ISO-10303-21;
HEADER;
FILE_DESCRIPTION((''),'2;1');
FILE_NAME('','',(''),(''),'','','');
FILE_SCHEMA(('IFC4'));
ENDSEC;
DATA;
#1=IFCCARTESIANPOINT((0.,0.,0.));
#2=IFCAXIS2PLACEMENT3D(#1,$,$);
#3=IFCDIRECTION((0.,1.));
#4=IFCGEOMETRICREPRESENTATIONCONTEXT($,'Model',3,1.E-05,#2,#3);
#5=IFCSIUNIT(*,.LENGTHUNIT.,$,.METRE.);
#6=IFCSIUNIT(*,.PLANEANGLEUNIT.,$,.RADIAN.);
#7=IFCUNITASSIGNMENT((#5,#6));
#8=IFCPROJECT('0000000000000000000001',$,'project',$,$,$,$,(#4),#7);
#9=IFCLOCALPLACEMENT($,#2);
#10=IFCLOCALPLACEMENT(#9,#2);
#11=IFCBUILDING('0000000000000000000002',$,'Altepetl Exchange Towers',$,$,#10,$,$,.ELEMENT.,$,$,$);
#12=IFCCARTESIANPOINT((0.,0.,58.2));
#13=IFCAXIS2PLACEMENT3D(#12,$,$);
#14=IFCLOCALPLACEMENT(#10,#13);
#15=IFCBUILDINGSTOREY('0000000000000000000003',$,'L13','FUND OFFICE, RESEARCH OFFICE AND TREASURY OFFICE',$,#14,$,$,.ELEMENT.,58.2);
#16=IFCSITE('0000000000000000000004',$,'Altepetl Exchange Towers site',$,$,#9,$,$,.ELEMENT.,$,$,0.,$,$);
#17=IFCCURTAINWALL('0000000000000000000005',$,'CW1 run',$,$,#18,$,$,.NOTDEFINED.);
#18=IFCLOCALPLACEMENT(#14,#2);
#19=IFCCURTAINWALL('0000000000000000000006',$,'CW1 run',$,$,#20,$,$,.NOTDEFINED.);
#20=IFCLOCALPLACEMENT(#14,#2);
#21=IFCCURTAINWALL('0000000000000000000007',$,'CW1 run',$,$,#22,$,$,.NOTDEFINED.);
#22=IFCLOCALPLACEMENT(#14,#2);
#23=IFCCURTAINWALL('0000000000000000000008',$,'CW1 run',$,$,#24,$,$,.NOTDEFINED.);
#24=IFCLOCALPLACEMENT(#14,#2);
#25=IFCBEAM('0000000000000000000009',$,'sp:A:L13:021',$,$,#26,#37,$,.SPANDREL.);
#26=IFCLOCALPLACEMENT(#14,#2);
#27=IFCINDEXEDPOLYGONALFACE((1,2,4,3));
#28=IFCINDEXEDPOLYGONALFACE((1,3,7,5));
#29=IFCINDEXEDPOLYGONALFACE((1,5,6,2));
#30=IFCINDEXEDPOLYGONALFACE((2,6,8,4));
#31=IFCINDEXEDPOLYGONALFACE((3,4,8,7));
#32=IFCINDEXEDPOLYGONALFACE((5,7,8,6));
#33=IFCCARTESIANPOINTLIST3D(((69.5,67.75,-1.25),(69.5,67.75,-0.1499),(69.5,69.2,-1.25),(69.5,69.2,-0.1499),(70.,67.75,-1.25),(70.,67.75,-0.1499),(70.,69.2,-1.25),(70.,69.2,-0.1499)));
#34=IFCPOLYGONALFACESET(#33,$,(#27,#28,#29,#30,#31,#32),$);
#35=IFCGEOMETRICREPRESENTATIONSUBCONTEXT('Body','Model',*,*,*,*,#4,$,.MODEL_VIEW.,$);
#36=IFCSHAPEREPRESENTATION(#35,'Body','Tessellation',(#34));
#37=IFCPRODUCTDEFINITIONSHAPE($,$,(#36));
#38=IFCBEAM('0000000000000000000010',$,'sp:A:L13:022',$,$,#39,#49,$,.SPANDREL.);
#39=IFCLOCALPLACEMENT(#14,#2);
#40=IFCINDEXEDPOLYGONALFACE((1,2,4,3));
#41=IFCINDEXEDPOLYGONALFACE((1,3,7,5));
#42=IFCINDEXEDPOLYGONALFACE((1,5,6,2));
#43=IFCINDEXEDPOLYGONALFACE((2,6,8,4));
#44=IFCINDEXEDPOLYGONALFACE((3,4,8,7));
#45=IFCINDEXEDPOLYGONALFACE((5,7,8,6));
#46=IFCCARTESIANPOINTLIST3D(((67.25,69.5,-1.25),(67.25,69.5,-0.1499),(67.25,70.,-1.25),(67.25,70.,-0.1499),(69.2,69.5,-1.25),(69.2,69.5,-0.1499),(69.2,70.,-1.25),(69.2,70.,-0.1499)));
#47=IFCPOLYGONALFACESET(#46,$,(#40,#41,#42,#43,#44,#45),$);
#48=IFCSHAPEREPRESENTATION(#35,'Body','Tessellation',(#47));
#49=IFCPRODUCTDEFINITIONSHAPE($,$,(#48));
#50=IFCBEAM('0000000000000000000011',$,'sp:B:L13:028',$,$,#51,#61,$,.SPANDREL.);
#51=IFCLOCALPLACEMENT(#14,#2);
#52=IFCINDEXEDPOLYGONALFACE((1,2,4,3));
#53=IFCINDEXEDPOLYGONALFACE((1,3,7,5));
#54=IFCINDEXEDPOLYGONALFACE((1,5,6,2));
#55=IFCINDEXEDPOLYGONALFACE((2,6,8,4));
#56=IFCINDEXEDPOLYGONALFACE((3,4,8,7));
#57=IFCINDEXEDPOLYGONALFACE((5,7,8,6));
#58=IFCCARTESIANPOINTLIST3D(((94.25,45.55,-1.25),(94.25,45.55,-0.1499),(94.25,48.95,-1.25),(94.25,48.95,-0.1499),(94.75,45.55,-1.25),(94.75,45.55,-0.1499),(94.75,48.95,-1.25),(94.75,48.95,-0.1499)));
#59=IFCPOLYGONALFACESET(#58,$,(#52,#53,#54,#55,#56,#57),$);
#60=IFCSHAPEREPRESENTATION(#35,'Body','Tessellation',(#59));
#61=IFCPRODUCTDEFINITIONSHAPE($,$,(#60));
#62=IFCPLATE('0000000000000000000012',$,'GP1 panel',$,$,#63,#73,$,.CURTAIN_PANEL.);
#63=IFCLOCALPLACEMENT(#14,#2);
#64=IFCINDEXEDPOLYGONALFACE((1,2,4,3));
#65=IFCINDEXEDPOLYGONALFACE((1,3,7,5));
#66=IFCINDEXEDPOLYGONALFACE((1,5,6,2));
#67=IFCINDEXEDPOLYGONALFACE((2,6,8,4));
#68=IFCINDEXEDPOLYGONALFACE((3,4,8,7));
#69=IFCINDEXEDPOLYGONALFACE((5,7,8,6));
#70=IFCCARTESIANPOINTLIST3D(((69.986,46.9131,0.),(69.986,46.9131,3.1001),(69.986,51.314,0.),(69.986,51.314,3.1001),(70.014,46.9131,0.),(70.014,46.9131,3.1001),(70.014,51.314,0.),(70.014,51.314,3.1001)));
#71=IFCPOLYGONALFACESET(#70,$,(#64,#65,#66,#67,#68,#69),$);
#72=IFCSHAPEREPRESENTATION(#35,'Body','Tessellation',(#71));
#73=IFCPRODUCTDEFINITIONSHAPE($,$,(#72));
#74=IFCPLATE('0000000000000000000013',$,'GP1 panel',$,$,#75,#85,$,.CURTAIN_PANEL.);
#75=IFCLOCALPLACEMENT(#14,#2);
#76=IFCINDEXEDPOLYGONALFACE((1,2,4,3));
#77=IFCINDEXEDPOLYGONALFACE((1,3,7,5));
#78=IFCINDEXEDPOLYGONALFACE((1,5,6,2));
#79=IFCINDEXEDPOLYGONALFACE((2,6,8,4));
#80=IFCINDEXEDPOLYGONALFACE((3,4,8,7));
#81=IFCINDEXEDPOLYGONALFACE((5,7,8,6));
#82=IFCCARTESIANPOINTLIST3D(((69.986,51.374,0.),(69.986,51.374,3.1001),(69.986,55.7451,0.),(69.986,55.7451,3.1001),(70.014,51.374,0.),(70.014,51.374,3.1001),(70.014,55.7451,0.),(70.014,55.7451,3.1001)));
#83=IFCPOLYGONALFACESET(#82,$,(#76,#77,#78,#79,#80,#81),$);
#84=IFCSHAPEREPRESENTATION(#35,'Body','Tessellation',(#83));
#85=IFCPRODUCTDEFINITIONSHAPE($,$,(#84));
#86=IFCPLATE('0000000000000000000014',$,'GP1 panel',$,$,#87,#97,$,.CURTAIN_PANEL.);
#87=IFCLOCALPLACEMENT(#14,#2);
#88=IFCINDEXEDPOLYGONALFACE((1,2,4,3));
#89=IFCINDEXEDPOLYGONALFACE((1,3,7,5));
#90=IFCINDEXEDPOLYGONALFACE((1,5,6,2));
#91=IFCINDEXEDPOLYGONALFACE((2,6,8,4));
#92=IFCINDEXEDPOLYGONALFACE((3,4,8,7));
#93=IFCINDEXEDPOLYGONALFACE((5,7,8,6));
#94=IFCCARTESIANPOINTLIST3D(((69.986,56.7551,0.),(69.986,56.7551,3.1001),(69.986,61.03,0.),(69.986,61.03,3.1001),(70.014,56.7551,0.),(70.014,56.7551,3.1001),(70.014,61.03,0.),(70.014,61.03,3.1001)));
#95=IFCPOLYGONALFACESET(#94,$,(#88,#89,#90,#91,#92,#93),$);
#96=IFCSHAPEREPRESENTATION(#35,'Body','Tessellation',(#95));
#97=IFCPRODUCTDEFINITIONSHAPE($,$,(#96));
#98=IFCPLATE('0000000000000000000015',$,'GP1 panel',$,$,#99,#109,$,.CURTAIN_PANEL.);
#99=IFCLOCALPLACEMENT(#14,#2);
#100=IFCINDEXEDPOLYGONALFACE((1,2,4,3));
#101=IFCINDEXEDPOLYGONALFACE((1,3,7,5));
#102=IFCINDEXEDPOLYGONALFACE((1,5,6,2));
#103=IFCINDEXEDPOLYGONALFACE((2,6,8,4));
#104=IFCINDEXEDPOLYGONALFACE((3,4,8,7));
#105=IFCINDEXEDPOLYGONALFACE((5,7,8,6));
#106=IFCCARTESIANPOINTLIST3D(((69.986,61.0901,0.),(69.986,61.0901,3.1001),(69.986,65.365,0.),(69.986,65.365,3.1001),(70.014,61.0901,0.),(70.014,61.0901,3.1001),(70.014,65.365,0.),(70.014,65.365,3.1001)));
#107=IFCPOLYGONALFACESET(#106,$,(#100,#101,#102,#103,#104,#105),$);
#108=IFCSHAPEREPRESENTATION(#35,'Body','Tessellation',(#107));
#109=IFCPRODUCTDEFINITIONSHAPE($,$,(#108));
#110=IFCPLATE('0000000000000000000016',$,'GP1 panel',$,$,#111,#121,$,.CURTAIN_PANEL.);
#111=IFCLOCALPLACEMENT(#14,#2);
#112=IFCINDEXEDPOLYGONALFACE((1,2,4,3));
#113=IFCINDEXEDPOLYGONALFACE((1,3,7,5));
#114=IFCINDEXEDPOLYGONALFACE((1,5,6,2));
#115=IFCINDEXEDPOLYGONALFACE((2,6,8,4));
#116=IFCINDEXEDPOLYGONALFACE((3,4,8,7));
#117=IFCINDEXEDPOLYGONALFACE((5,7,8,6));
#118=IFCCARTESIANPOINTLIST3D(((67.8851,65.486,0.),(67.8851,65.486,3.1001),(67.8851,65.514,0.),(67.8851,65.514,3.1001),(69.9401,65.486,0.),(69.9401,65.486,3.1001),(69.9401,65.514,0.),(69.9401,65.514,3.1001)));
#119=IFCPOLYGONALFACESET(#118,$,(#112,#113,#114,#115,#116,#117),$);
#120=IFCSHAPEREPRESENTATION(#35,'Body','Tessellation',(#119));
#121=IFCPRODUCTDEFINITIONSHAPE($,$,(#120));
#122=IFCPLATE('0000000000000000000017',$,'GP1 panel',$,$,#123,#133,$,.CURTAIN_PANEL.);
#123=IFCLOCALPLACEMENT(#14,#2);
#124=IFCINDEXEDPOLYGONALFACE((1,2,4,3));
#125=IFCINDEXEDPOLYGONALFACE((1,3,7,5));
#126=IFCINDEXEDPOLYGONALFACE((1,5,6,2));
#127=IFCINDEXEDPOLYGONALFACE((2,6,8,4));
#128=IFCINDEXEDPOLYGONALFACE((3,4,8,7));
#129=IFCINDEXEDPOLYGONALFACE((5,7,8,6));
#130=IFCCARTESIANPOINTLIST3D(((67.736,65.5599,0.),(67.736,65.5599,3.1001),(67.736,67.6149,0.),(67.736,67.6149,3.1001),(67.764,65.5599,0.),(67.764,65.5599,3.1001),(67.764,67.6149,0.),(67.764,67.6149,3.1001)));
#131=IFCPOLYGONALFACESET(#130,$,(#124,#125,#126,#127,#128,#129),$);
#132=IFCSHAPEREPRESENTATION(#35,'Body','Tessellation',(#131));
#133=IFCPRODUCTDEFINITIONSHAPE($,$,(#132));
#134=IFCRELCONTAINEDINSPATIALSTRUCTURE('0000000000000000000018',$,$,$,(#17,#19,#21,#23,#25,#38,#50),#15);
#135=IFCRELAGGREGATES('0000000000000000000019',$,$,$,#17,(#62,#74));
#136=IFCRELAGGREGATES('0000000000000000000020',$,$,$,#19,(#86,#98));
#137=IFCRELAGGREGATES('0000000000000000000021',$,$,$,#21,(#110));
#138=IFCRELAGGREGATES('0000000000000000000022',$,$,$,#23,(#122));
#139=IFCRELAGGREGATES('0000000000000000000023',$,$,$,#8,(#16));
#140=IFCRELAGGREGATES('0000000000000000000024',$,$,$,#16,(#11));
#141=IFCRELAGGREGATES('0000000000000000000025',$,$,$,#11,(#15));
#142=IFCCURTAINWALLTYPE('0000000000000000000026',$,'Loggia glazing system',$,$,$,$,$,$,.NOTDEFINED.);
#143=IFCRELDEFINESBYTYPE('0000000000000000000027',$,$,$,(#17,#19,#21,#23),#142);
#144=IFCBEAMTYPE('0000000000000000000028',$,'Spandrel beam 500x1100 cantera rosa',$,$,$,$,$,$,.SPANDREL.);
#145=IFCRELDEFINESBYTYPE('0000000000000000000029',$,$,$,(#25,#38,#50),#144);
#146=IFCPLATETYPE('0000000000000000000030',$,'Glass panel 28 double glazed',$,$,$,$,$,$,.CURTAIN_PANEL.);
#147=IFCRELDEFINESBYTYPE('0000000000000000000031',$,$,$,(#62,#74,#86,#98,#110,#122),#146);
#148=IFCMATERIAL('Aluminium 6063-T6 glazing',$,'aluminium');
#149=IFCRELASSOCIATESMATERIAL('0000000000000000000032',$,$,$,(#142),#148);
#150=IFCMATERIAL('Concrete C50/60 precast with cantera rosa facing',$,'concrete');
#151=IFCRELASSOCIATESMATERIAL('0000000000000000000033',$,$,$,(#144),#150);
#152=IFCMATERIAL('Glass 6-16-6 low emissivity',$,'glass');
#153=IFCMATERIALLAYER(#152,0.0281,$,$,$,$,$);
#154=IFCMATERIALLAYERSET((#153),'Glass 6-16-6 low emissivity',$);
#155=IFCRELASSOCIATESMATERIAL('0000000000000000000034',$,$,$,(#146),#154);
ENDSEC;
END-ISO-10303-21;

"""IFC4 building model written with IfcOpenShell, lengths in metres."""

from ifc_helpers import new_model, si_unit, direction, frame, origin, origin_2d, place, context, subcontext, project, spatial, rectangle, extrude, material, layer, layer_set, material_profile, profile_set, type_object, element, aggregate, save


model = new_model("IFC4")

# Units and contexts
model_context = context("Model", 3, precision=1e-05, world=origin(), true_north=direction((0.0, 1.0)))
body_context = subcontext(model_context, "Body", "Model", "MODEL_VIEW")
ifc_project = project(units=[si_unit("LENGTHUNIT", "METRE"), si_unit("PLANEANGLEUNIT", "RADIAN")], contexts=[model_context])

# Site, building, storey
site_placement = place(None, origin())
site = spatial("IfcSite", under=ifc_project, at=site_placement, Name="Altepetl Exchange Towers site", CompositionType="ELEMENT", RefElevation=0.0)
building_placement = place(site_placement, origin())
building = spatial("IfcBuilding", under=site, at=building_placement, Name="Altepetl Exchange Towers", CompositionType="ELEMENT")
storey_placement = place(building_placement, frame((0.0, 0.0, 58.2)))
storey = spatial("IfcBuildingStorey", under=building, at=storey_placement, Name="L13", Description="FUND OFFICE, RESEARCH OFFICE AND TREASURY OFFICE", CompositionType="ELEMENT", Elevation=58.2)

# Curtain walls
ifc_material_1 = material(Name="Aluminium 6063-T6 glazing", Category="aluminium")
curtain_wall_type = type_object("IfcCurtainWallType", Name="Loggia glazing system", PredefinedType="NOTDEFINED", material=ifc_material_1)
curtain_wall_1_placement = place(storey_placement, origin())
curtain_wall_1 = element("IfcCurtainWall", 1, at=curtain_wall_1_placement, inside=storey, type_object=curtain_wall_type, Name="CW1 run", PredefinedType="NOTDEFINED")
curtain_wall_2_placement = place(storey_placement, origin())
curtain_wall_2 = element("IfcCurtainWall", 2, at=curtain_wall_2_placement, inside=storey, type_object=curtain_wall_type, Name="CW1 run", PredefinedType="NOTDEFINED")
curtain_wall_3_placement = place(storey_placement, origin())
curtain_wall_3 = element("IfcCurtainWall", 3, at=curtain_wall_3_placement, inside=storey, type_object=curtain_wall_type, Name="CW1 run", PredefinedType="NOTDEFINED")
curtain_wall_4_placement = place(storey_placement, origin())
curtain_wall_4 = element("IfcCurtainWall", 4, at=curtain_wall_4_placement, inside=storey, type_object=curtain_wall_type, Name="CW1 run", PredefinedType="NOTDEFINED")

# Beams
ifc_material_2 = material(Name="Concrete C50/60 precast with cantera rosa facing", Category="concrete")
ifc_material_profile_1 = material_profile(ifc_material_2, rectangle(XDim=0.5, YDim=1.1001, at=origin_2d()), Name="500 x 1100")
ifc_profile_set_1 = profile_set([ifc_material_profile_1], Name="Concrete C50/60 precast with cantera rosa facing")
beam_type_1 = type_object("IfcBeamType", Name="Spandrel beam 500x1100 cantera rosa", PredefinedType="SPANDREL", material=ifc_profile_set_1)
beam_1_placement = place(storey_placement, frame((69.75, 67.75, -0.7), z_axis=(0.0, 1.0, 0.0), x_axis=(-1.0, 0.0, 0.0)))
element("IfcBeam", 5, at=beam_1_placement, inside=storey, type_object=beam_type_1, Name="sp:A:L13:021", PredefinedType="SPANDREL", context=body_context, shape_type="SweptSolid", body=[
    extrude(rectangle(XDim=0.5, YDim=1.1001, at=origin_2d()), origin(), (0.0, 0.0, 1.0), 1.45),
])
beam_2_placement = place(storey_placement, frame((69.2, 69.75, -0.7), z_axis=(-1.0, 0.0, 0.0), x_axis=(0.0, -1.0, 0.0)))
element("IfcBeam", 6, at=beam_2_placement, inside=storey, type_object=beam_type_1, Name="sp:A:L13:022", PredefinedType="SPANDREL", context=body_context, shape_type="SweptSolid", body=[
    extrude(rectangle(XDim=0.5, YDim=1.1001, at=origin_2d()), origin(), (0.0, 0.0, 1.0), 1.95),
])
beam_3_placement = place(storey_placement, frame((94.5, 48.95, -0.7), z_axis=(0.0, -1.0, 0.0), x_axis=(1.0, 0.0, 0.0)))
element("IfcBeam", 7, at=beam_3_placement, inside=storey, type_object=beam_type_1, Name="sp:B:L13:028", PredefinedType="SPANDREL", context=body_context, shape_type="SweptSolid", body=[
    extrude(rectangle(XDim=0.5, YDim=1.1001, at=origin_2d()), origin(), (0.0, 0.0, 1.0), 3.3999),
])

# Plates
ifc_material_3 = material(Name="Glass 6-16-6 low emissivity", Category="glass")
ifc_layer = layer(ifc_material_3, 0.0281)
ifc_layer_set = layer_set([ifc_layer], Name="Glass 6-16-6 low emissivity")
plate_type = type_object("IfcPlateType", Name="Glass panel 28 double glazed", PredefinedType="CURTAIN_PANEL", material=ifc_layer_set)
plate_1_placement = place(storey_placement, frame((70.0, 49.1135, 0.0), z_axis=(0.0, 0.0, 1.0), x_axis=(0.0, 1.0, 0.0)))
plate_1 = element("IfcPlate", 8, at=plate_1_placement, type_object=plate_type, Name="GP1 panel", PredefinedType="CURTAIN_PANEL", context=body_context, shape_type="SweptSolid", body=[
    extrude(rectangle(XDim=4.4009, YDim=0.0281, at=origin_2d()), origin(), (0.0, 0.0, 1.0), 3.1001),
])
plate_2_placement = place(storey_placement, frame((70.0, 53.5596, 0.0), z_axis=(0.0, 0.0, 1.0), x_axis=(0.0, 1.0, 0.0)))
plate_2 = element("IfcPlate", 9, at=plate_2_placement, type_object=plate_type, Name="GP1 panel", PredefinedType="CURTAIN_PANEL", context=body_context, shape_type="SweptSolid", body=[
    extrude(rectangle(XDim=4.3711, YDim=0.0281, at=origin_2d()), origin(), (0.0, 0.0, 1.0), 3.1001),
])
aggregate(curtain_wall_1, [plate_1, plate_2])
plate_3_placement = place(storey_placement, frame((70.0, 58.8926, 0.0), z_axis=(0.0, 0.0, 1.0), x_axis=(0.0, 1.0, 0.0)))
plate_3 = element("IfcPlate", 10, at=plate_3_placement, type_object=plate_type, Name="GP1 panel", PredefinedType="CURTAIN_PANEL", context=body_context, shape_type="SweptSolid", body=[
    extrude(rectangle(XDim=4.2749, YDim=0.0281, at=origin_2d()), origin(), (0.0, 0.0, 1.0), 3.1001),
])
plate_4_placement = place(storey_placement, frame((70.0, 63.2275, 0.0), z_axis=(0.0, 0.0, 1.0), x_axis=(0.0, 1.0, 0.0)))
plate_4 = element("IfcPlate", 11, at=plate_4_placement, type_object=plate_type, Name="GP1 panel", PredefinedType="CURTAIN_PANEL", context=body_context, shape_type="SweptSolid", body=[
    extrude(rectangle(XDim=4.2749, YDim=0.0281, at=origin_2d()), origin(), (0.0, 0.0, 1.0), 3.1001),
])
aggregate(curtain_wall_2, [plate_3, plate_4])
plate_5_placement = place(storey_placement, frame((68.9126, 65.5, 0.0), z_axis=(0.0, 0.0, 1.0), x_axis=(-1.0, 0.0, 0.0)))
plate_5 = element("IfcPlate", 12, at=plate_5_placement, type_object=plate_type, Name="GP1 panel", PredefinedType="CURTAIN_PANEL", context=body_context, shape_type="SweptSolid", body=[
    extrude(rectangle(XDim=2.0549, YDim=0.0281, at=origin_2d()), origin(), (0.0, 0.0, 1.0), 3.1001),
])
aggregate(curtain_wall_3, [plate_5])
plate_6_placement = place(storey_placement, frame((67.75, 66.5874, 0.0), z_axis=(0.0, 0.0, 1.0), x_axis=(0.0, 1.0, 0.0)))
plate_6 = element("IfcPlate", 13, at=plate_6_placement, type_object=plate_type, Name="GP1 panel", PredefinedType="CURTAIN_PANEL", context=body_context, shape_type="SweptSolid", body=[
    extrude(rectangle(XDim=2.0549, YDim=0.0281, at=origin_2d()), origin(), (0.0, 0.0, 1.0), 3.1001),
])
aggregate(curtain_wall_4, [plate_6])

save(model, "model.ifc")
